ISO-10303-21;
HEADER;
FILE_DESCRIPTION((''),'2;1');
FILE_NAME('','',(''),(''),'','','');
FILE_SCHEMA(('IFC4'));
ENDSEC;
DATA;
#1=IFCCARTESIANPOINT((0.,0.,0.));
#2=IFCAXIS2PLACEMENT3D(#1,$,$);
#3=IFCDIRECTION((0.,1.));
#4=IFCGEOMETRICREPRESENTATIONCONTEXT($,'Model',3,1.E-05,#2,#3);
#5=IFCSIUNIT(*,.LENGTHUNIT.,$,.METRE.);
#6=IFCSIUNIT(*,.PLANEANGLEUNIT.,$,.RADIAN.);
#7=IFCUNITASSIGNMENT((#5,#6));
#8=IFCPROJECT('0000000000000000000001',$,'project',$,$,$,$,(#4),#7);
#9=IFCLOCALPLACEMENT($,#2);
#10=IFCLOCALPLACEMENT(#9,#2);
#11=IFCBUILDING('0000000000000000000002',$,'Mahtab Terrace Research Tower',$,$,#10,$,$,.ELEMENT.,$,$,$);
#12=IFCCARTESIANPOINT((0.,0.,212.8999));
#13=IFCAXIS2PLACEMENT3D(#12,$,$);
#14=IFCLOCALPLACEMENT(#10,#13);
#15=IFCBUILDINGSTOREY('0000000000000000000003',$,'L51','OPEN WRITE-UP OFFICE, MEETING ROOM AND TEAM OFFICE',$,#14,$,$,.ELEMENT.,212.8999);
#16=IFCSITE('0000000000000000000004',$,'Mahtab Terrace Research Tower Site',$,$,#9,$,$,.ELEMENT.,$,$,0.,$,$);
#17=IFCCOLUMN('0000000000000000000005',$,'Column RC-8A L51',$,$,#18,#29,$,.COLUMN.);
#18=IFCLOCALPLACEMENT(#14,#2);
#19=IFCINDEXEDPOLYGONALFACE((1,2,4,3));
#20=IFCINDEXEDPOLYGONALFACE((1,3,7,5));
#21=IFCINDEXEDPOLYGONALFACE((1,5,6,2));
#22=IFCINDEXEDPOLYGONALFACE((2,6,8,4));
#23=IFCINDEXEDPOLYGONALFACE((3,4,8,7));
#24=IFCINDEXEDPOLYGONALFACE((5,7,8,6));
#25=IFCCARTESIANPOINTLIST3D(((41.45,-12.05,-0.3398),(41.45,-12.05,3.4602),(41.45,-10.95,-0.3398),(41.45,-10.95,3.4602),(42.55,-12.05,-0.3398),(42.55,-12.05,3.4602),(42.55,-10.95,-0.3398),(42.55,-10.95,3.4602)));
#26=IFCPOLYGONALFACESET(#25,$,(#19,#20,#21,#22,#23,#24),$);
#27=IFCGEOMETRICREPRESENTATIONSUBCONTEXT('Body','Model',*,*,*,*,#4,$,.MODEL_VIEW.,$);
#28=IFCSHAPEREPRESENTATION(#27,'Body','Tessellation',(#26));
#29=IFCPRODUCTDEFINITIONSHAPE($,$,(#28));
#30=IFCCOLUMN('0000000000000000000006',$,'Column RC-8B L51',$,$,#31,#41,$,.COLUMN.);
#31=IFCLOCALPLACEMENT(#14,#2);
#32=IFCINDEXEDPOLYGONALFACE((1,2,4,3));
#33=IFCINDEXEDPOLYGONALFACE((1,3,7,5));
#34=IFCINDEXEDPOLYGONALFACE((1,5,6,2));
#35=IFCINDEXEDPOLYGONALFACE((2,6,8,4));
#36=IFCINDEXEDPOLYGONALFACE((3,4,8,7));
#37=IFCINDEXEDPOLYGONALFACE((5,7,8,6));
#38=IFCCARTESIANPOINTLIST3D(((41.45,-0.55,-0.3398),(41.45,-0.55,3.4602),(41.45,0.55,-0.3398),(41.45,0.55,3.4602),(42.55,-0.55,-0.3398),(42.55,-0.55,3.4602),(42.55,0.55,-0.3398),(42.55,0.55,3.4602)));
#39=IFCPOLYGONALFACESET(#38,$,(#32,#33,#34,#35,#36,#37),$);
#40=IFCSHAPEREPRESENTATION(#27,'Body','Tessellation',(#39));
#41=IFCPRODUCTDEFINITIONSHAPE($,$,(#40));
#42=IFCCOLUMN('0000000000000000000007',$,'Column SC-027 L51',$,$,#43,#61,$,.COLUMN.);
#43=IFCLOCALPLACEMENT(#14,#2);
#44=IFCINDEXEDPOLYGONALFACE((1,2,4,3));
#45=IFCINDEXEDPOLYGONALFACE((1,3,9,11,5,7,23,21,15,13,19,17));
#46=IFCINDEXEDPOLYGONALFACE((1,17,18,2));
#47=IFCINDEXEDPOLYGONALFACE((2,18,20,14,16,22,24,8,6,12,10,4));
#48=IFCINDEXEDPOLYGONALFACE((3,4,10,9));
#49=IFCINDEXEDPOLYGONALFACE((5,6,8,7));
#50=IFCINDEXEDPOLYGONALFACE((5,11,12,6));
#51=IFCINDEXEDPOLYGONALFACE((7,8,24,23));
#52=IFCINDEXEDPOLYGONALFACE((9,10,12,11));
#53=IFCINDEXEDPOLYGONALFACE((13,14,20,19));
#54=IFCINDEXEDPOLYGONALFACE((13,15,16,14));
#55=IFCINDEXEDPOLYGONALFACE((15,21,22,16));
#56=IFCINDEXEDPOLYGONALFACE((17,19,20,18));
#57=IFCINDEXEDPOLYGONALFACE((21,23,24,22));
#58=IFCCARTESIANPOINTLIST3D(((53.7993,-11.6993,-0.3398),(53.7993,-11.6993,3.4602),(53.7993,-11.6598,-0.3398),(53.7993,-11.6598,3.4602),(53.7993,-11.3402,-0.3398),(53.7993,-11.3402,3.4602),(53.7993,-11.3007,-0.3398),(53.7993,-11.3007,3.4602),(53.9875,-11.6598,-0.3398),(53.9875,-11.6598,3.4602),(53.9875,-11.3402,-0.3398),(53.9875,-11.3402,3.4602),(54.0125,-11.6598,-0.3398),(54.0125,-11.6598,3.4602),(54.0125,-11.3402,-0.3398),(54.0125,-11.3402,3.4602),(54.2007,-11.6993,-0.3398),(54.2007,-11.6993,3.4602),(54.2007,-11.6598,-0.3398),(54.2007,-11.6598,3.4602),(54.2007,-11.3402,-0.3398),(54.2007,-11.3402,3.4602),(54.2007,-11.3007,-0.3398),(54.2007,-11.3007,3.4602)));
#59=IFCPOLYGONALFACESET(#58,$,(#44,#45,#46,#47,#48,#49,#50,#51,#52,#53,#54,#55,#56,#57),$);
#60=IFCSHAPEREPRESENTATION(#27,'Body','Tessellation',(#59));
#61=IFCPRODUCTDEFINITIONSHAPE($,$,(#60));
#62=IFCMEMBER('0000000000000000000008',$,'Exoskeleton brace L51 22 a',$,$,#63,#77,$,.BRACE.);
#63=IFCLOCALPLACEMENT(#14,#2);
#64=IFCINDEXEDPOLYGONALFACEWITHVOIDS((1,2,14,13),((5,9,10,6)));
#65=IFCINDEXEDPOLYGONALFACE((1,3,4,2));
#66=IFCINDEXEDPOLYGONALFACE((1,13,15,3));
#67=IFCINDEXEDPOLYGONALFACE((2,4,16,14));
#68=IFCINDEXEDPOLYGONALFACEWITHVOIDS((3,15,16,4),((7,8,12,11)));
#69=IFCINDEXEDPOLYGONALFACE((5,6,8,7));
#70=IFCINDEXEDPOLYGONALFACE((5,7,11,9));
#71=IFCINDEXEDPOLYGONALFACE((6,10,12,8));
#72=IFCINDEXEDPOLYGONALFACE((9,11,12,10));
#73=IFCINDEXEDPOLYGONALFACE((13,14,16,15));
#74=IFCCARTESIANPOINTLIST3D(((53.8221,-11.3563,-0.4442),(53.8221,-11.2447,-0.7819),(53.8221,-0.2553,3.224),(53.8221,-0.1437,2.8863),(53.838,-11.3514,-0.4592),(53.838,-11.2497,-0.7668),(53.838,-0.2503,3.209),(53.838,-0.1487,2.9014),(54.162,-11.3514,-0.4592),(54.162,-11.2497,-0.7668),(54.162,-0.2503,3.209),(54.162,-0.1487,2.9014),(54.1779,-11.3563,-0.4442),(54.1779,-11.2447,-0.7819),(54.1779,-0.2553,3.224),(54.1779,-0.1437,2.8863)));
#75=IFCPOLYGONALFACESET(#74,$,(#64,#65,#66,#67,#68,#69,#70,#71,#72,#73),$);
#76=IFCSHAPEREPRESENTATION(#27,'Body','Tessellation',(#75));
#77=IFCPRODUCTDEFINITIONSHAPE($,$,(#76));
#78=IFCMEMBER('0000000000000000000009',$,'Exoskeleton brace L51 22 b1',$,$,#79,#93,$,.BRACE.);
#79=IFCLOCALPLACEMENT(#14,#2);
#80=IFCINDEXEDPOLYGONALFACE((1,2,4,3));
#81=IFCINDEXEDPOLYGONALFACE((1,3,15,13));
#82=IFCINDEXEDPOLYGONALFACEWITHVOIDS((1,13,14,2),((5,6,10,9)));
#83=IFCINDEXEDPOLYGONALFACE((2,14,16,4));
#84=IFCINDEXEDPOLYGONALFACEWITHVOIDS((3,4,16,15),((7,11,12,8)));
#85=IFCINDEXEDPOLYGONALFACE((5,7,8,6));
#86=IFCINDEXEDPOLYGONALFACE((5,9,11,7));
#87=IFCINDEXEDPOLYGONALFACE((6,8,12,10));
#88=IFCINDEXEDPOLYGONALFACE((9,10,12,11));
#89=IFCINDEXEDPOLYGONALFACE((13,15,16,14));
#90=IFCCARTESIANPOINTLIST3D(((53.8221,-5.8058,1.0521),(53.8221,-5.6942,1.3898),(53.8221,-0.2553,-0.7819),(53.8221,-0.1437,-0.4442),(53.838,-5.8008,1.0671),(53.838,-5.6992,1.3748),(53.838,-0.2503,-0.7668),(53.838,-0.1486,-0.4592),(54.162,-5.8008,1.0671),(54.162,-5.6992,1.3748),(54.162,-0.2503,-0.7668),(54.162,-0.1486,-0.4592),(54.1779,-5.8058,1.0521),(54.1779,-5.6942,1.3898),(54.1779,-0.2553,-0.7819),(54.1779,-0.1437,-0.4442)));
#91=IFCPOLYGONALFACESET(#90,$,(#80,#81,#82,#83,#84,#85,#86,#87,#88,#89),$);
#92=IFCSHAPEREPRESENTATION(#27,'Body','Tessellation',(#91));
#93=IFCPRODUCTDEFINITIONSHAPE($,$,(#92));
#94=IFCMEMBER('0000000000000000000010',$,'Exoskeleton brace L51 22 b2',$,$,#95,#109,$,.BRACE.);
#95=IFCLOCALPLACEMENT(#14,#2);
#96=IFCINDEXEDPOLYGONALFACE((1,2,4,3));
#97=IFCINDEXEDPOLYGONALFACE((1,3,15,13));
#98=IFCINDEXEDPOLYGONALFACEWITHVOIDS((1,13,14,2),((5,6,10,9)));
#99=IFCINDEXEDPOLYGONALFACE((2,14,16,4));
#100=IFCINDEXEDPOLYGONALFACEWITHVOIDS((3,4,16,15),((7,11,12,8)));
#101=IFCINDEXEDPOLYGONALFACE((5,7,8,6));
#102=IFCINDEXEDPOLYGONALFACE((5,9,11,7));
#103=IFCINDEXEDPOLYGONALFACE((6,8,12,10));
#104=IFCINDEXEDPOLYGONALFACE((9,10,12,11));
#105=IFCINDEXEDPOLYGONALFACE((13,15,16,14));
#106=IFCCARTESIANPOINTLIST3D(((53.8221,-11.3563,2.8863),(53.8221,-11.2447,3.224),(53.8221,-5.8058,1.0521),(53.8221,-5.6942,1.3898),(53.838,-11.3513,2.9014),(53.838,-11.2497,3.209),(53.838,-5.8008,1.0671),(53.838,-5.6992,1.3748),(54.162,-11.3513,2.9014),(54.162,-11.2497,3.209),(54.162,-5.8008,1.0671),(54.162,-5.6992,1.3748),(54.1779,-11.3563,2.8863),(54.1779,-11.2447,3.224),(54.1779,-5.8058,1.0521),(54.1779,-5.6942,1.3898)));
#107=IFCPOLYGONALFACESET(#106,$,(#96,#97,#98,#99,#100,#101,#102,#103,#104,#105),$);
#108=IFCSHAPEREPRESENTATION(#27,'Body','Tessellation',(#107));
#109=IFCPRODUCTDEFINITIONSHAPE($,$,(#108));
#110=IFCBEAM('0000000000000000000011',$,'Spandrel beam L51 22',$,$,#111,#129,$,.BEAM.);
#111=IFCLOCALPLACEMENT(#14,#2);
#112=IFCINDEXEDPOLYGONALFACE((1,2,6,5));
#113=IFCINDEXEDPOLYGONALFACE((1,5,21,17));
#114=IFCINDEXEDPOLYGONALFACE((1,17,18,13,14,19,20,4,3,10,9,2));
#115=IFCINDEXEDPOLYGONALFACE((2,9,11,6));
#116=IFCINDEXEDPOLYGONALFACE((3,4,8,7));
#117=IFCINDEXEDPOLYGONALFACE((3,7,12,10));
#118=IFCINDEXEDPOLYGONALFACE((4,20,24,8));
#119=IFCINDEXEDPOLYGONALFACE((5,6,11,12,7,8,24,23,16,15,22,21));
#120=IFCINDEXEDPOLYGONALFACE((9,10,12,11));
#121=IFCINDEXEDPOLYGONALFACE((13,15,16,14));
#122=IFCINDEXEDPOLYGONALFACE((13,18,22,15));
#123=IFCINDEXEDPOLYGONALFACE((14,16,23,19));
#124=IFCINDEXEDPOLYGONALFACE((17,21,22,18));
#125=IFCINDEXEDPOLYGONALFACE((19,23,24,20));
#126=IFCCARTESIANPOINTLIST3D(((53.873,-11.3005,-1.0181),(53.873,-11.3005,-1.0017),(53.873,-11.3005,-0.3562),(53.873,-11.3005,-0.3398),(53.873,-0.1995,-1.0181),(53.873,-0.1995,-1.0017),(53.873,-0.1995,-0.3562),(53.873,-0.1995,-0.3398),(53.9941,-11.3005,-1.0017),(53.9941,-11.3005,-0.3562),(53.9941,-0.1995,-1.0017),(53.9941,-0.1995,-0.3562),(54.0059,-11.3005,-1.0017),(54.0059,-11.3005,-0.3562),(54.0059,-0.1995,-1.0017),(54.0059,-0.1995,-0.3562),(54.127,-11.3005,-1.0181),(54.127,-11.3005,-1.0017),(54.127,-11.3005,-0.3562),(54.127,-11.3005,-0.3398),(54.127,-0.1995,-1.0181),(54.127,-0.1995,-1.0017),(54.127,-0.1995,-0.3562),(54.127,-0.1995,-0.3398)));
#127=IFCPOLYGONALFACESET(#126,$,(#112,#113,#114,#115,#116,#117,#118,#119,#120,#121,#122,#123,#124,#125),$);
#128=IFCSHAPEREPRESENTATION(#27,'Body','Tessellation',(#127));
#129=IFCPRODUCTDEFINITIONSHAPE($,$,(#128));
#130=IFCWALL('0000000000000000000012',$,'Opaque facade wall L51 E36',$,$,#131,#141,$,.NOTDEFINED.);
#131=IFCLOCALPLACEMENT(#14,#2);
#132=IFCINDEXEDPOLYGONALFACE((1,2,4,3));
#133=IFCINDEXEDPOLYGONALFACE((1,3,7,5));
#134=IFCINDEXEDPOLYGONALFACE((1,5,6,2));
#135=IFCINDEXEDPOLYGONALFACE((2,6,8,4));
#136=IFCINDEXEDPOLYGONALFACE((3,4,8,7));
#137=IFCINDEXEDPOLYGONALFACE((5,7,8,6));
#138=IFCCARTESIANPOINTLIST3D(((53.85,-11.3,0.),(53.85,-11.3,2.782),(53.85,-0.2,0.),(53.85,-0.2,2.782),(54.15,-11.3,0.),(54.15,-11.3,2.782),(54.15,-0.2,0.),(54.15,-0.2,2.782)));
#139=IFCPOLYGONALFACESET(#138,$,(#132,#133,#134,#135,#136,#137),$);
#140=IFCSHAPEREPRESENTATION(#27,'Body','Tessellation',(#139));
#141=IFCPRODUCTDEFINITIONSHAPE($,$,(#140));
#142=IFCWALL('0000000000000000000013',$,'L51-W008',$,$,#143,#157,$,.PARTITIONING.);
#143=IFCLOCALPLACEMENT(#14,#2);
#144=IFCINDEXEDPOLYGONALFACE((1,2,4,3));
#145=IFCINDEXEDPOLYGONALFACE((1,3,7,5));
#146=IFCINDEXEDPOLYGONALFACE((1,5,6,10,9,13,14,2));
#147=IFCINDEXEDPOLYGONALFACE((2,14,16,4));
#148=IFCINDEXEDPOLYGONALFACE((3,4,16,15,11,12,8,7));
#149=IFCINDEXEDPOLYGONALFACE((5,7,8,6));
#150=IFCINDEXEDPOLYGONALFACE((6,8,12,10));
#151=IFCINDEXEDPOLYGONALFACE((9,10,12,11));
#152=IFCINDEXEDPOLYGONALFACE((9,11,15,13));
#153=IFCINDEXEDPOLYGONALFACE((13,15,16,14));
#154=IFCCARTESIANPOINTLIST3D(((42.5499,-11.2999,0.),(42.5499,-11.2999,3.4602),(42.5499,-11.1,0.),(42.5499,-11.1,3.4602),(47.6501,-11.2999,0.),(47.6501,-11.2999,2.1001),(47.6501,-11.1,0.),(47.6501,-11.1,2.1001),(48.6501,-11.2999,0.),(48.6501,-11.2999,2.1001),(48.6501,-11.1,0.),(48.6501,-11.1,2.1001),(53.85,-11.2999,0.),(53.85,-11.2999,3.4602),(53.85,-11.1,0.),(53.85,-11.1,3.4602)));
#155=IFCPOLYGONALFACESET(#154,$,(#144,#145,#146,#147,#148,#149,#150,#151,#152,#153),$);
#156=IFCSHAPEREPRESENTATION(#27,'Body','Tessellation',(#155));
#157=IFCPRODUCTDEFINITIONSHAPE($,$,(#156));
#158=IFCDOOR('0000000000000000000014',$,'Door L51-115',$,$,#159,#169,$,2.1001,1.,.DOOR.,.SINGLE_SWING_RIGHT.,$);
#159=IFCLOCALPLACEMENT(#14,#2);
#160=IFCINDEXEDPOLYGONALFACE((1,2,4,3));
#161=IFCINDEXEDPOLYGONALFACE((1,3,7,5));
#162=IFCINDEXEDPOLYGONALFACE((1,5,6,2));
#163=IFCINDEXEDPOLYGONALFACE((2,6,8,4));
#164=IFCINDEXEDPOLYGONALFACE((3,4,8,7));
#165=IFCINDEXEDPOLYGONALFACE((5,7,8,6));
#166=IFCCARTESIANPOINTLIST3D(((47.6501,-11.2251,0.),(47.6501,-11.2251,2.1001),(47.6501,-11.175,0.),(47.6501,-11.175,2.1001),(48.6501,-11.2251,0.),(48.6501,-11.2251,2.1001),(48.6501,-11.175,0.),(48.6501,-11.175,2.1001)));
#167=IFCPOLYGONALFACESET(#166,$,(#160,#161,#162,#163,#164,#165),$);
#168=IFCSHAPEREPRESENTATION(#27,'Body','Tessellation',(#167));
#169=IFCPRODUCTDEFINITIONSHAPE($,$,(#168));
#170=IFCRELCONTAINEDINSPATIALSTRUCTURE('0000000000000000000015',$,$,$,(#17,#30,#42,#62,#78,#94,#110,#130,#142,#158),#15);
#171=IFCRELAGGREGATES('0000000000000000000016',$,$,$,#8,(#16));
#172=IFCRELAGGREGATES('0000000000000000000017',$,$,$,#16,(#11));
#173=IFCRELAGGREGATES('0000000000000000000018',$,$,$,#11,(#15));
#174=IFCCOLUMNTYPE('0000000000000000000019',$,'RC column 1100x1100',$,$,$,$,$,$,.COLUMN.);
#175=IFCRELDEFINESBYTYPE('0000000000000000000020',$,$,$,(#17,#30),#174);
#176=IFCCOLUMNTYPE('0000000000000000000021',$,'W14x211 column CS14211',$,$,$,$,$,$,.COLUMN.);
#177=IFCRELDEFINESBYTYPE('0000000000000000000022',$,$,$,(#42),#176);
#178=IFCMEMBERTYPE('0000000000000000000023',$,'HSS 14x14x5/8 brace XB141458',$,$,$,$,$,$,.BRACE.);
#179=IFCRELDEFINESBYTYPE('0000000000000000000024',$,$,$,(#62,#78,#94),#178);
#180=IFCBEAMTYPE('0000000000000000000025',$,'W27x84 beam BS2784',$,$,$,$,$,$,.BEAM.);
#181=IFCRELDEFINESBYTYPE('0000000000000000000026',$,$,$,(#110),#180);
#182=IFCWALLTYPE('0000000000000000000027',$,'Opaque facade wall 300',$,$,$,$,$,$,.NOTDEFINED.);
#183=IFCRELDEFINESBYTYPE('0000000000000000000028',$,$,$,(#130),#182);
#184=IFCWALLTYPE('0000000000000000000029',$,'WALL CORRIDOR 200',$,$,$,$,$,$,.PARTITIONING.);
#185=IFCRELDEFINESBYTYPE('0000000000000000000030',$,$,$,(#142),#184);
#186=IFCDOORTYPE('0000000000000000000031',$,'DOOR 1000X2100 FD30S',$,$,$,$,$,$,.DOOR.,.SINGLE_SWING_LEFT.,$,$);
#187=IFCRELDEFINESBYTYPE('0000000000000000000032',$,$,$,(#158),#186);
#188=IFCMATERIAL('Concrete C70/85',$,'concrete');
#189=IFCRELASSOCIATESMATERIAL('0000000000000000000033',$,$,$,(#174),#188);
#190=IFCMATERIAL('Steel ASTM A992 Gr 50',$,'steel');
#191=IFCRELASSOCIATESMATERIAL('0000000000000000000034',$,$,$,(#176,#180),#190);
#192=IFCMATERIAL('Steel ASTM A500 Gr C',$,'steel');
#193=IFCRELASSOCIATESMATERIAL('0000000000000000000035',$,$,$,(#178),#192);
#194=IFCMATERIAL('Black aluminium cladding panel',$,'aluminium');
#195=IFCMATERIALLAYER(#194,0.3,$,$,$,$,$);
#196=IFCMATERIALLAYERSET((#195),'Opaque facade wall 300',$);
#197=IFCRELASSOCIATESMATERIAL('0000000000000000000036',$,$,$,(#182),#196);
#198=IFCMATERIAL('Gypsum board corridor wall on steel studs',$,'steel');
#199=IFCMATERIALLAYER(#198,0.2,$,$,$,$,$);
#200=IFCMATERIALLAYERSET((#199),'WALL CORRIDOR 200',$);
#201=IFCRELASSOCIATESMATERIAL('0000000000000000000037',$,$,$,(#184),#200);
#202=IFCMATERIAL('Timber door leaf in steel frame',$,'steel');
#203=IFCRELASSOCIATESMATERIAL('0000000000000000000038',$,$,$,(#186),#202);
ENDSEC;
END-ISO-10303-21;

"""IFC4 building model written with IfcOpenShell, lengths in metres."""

from ifc_helpers import new_model, si_unit, direction, frame, frame_2d, origin, origin_2d, place, context, subcontext, project, spatial, rectangle, hollow_rectangle, i_section, extrude, material, layer, layer_set, material_profile, profile_set, type_object, element, fill, save


model = new_model("IFC4")

# Units and contexts
model_context = context("Model", 3, precision=1e-05, world=origin(), true_north=direction((0.0, 1.0)))
body_context = subcontext(model_context, "Body", "Model", "MODEL_VIEW")
ifc_project = project(units=[si_unit("LENGTHUNIT", "METRE"), si_unit("PLANEANGLEUNIT", "RADIAN")], contexts=[model_context])

# Site, building, storey
site_placement = place(None, origin())
site = spatial("IfcSite", under=ifc_project, at=site_placement, Name="Mahtab Terrace Research Tower Site", CompositionType="ELEMENT", RefElevation=0.0)
building_placement = place(site_placement, origin())
building = spatial("IfcBuilding", under=site, at=building_placement, Name="Mahtab Terrace Research Tower", CompositionType="ELEMENT")
storey_placement = place(building_placement, frame((0.0, 0.0, 212.8999)))
storey = spatial("IfcBuildingStorey", under=building, at=storey_placement, Name="L51", Description="OPEN WRITE-UP OFFICE, MEETING ROOM AND TEAM OFFICE", CompositionType="ELEMENT", Elevation=212.8999)

# Columns
ifc_material_1 = material(Name="Concrete C70/85", Category="concrete")
ifc_material_profile_1 = material_profile(ifc_material_1, rectangle(XDim=1.1001, YDim=1.1001, at=origin_2d()), Name="RC column 1100x1100")
ifc_profile_set_1 = profile_set([ifc_material_profile_1], Name="Concrete C70/85")
column_type_1 = type_object("IfcColumnType", Name="RC column 1100x1100", PredefinedType="COLUMN", material=ifc_profile_set_1)
for number, where, z_axis, x_axis, name in (
    (1, (42.0, -11.5, -0.3398), (0.0, 0.0, 1.0), (1.0, 0.0, 0.0), "Column RC-8A L51"),
    (2, (42.0, 0.0, -0.3398), (0.0, 0.0, 1.0), (1.0, 0.0, 0.0), "Column RC-8B L51"),
):
    element("IfcColumn", number, at=place(storey_placement, frame(where, z_axis=z_axis, x_axis=x_axis)), inside=storey, type_object=column_type_1, Name=name, PredefinedType="COLUMN", context=body_context, shape_type="SweptSolid", body=[
        extrude(rectangle(XDim=1.1001, YDim=1.1001, at=origin_2d()), origin(), (0.0, 0.0, 1.0), 3.8),
    ])
ifc_material_2 = material(Name="Steel ASTM A992 Gr 50", Category="steel")
ifc_material_profile_2 = material_profile(ifc_material_2, i_section(OverallWidth=0.4014, OverallDepth=0.3987, WebThickness=0.0249, FlangeThickness=0.0396, at=origin_2d()), Name="W14X211")
ifc_profile_set_2 = profile_set([ifc_material_profile_2], Name="Steel ASTM A992 Gr 50")
column_type_2 = type_object("IfcColumnType", Name="W14x211 column CS14211", PredefinedType="COLUMN", material=ifc_profile_set_2)
column_placement = place(storey_placement, frame((54.0, -11.5, -0.3398), z_axis=(0.0, 0.0, 1.0), x_axis=(1.0, 0.0, 0.0)))
element("IfcColumn", 3, at=column_placement, inside=storey, type_object=column_type_2, Name="Column SC-027 L51", PredefinedType="COLUMN", context=body_context, shape_type="SweptSolid", body=[
    extrude(i_section(OverallWidth=0.4014, OverallDepth=0.3987, WebThickness=0.0249, FlangeThickness=0.0396, at=origin_2d()), origin(), (0.0, 0.0, 1.0), 3.8),
])

# Members
ifc_material_3 = material(Name="Steel ASTM A500 Gr C", Category="steel")
ifc_material_profile_3 = material_profile(ifc_material_3, hollow_rectangle(XDim=0.3557, YDim=0.3557, WallThickness=0.0159, at=origin_2d()), Name="HSS14X14X5/8")
ifc_profile_set_3 = profile_set([ifc_material_profile_3], Name="Steel ASTM A500 Gr C")
member_type = type_object("IfcMemberType", Name="HSS 14x14x5/8 brace XB141458", PredefinedType="BRACE", material=ifc_profile_set_3)
member_placement = place(storey_placement, frame((54.0, -11.3005, -0.613), z_axis=(0.0, 0.949505, 0.313752), x_axis=(-1.0, 0.0, 0.0)))
element("IfcMember", 4, at=member_placement, inside=storey, type_object=member_type, Name="Exoskeleton brace L51 22 a", PredefinedType="BRACE", context=body_context, shape_type="SweptSolid", body=[
    extrude(hollow_rectangle(XDim=0.3557, YDim=0.3557, WallThickness=0.0159, at=origin_2d()), origin(), (0.0, 0.0, 1.0), 11.6914),
])
for number, where, z_axis, x_axis, name in (
    (5, (54.0, -0.1995, -0.613), (0.0, -0.949511, 0.313733), (1.0, 0.0, 0.0), "Exoskeleton brace L51 22 b1"),
    (6, (54.0, -5.75, 1.2209), (0.0, -0.949499, 0.313771), (1.0, 0.0, 0.0), "Exoskeleton brace L51 22 b2"),
):
    element("IfcMember", number, at=place(storey_placement, frame(where, z_axis=z_axis, x_axis=x_axis)), inside=storey, type_object=member_type, Name=name, PredefinedType="BRACE", context=body_context, shape_type="SweptSolid", body=[
        extrude(hollow_rectangle(XDim=0.3557, YDim=0.3557, WallThickness=0.0159, at=origin_2d()), origin(), (0.0, 0.0, 1.0), 5.8457),
    ])

# Beam
ifc_material_profile_4 = material_profile(ifc_material_2, i_section(OverallWidth=0.2539, OverallDepth=0.6782, WebThickness=0.0117, FlangeThickness=0.0164, at=origin_2d()), Name="W27X84")
ifc_profile_set_4 = profile_set([ifc_material_profile_4], Name="Steel ASTM A992 Gr 50")
beam_type = type_object("IfcBeamType", Name="W27x84 beam BS2784", PredefinedType="BEAM", material=ifc_profile_set_4)
beam_placement = place(storey_placement, frame((54.0, -11.3005, -0.679), z_axis=(0.0, 1.0, 0.0), x_axis=(-1.0, 0.0, 0.0)))
element("IfcBeam", 7, at=beam_placement, inside=storey, type_object=beam_type, Name="Spandrel beam L51 22", PredefinedType="BEAM", context=body_context, shape_type="SweptSolid", body=[
    extrude(i_section(OverallWidth=0.2539, OverallDepth=0.6782, WebThickness=0.0117, FlangeThickness=0.0164, at=origin_2d()), origin(), (0.0, 0.0, 1.0), 11.1011),
])

# Wall
ifc_material_4 = material(Name="Black aluminium cladding panel", Category="aluminium")
ifc_layer_1 = layer(ifc_material_4, 0.3)
ifc_layer_set_1 = layer_set([ifc_layer_1], Name="Opaque facade wall 300")
wall_type_1 = type_object("IfcWallType", Name="Opaque facade wall 300", PredefinedType="NOTDEFINED", material=ifc_layer_set_1)
wall_1_placement = place(storey_placement, frame((54.0, -11.3, 0.0), z_axis=(0.0, 0.0, 1.0), x_axis=(0.0, 1.0, 0.0)))
element("IfcWall", 8, at=wall_1_placement, inside=storey, type_object=wall_type_1, Name="Opaque facade wall L51 E36", PredefinedType="NOTDEFINED", context=body_context, shape_type="SweptSolid", body=[
    extrude(rectangle(XDim=11.1001, YDim=0.3, at=frame_2d((5.55, 0.0))), origin(), (0.0, 0.0, 1.0), 2.782),
])

# Wall, opening, door
ifc_material_5 = material(Name="Gypsum board corridor wall on steel studs", Category="steel")
ifc_layer_2 = layer(ifc_material_5, 0.2)
ifc_layer_set_2 = layer_set([ifc_layer_2], Name="WALL CORRIDOR 200")
wall_type_2 = type_object("IfcWallType", Name="WALL CORRIDOR 200", PredefinedType="PARTITIONING", material=ifc_layer_set_2)
wall_2_placement = place(storey_placement, frame((42.55, -11.2, 0.0), z_axis=(0.0, 0.0, 1.0), x_axis=(1.0, 0.0, 0.0)))
wall_2 = element("IfcWall", 9, at=wall_2_placement, inside=storey, type_object=wall_type_2, Name="L51-W008", PredefinedType="PARTITIONING", context=body_context, shape_type="SweptSolid", body=[
    extrude(rectangle(XDim=11.3, YDim=0.2, at=frame_2d((5.6499, 0.0))), origin(), (0.0, 0.0, 1.0), 3.4602),
])
opening_placement = place(wall_2_placement, frame((5.1001, 0.0, 0.0)))
opening = element("IfcOpeningElement", 10, at=opening_placement, cuts=wall_2, PredefinedType="OPENING", context=body_context, shape_type="SweptSolid", body=[
    extrude(rectangle(XDim=1.0, YDim=2.1001, at=frame_2d((0.5, 1.05))), frame((0.0, 0.1099, 0.0), z_axis=(0.0, -1.0, 0.0), x_axis=(1.0, 0.0, 0.0)), (0.0, 0.0, 1.0), 0.22),
])
ifc_material_6 = material(Name="Timber door leaf in steel frame", Category="steel")
door_type = type_object("IfcDoorType", Name="DOOR 1000X2100 FD30S", OperationType="SINGLE_SWING_LEFT", PredefinedType="DOOR", material=ifc_material_6)
door_placement = place(opening_placement, origin())
door = element("IfcDoor", 11, at=door_placement, inside=storey, type_object=door_type, Name="Door L51-115", OperationType="SINGLE_SWING_RIGHT", OverallHeight=2.1001, OverallWidth=1.0, PredefinedType="DOOR", context=body_context, shape_type="SweptSolid", body=[
    extrude(rectangle(XDim=1.0, YDim=2.1001, at=frame_2d((0.5, 1.05))), frame((0.0, 0.0249, 0.0), z_axis=(0.0, -1.0, 0.0), x_axis=(1.0, 0.0, 0.0)), (0.0, 0.0, 1.0), 0.05),
])
fill(opening, door)

save(model, "model.ifc")
